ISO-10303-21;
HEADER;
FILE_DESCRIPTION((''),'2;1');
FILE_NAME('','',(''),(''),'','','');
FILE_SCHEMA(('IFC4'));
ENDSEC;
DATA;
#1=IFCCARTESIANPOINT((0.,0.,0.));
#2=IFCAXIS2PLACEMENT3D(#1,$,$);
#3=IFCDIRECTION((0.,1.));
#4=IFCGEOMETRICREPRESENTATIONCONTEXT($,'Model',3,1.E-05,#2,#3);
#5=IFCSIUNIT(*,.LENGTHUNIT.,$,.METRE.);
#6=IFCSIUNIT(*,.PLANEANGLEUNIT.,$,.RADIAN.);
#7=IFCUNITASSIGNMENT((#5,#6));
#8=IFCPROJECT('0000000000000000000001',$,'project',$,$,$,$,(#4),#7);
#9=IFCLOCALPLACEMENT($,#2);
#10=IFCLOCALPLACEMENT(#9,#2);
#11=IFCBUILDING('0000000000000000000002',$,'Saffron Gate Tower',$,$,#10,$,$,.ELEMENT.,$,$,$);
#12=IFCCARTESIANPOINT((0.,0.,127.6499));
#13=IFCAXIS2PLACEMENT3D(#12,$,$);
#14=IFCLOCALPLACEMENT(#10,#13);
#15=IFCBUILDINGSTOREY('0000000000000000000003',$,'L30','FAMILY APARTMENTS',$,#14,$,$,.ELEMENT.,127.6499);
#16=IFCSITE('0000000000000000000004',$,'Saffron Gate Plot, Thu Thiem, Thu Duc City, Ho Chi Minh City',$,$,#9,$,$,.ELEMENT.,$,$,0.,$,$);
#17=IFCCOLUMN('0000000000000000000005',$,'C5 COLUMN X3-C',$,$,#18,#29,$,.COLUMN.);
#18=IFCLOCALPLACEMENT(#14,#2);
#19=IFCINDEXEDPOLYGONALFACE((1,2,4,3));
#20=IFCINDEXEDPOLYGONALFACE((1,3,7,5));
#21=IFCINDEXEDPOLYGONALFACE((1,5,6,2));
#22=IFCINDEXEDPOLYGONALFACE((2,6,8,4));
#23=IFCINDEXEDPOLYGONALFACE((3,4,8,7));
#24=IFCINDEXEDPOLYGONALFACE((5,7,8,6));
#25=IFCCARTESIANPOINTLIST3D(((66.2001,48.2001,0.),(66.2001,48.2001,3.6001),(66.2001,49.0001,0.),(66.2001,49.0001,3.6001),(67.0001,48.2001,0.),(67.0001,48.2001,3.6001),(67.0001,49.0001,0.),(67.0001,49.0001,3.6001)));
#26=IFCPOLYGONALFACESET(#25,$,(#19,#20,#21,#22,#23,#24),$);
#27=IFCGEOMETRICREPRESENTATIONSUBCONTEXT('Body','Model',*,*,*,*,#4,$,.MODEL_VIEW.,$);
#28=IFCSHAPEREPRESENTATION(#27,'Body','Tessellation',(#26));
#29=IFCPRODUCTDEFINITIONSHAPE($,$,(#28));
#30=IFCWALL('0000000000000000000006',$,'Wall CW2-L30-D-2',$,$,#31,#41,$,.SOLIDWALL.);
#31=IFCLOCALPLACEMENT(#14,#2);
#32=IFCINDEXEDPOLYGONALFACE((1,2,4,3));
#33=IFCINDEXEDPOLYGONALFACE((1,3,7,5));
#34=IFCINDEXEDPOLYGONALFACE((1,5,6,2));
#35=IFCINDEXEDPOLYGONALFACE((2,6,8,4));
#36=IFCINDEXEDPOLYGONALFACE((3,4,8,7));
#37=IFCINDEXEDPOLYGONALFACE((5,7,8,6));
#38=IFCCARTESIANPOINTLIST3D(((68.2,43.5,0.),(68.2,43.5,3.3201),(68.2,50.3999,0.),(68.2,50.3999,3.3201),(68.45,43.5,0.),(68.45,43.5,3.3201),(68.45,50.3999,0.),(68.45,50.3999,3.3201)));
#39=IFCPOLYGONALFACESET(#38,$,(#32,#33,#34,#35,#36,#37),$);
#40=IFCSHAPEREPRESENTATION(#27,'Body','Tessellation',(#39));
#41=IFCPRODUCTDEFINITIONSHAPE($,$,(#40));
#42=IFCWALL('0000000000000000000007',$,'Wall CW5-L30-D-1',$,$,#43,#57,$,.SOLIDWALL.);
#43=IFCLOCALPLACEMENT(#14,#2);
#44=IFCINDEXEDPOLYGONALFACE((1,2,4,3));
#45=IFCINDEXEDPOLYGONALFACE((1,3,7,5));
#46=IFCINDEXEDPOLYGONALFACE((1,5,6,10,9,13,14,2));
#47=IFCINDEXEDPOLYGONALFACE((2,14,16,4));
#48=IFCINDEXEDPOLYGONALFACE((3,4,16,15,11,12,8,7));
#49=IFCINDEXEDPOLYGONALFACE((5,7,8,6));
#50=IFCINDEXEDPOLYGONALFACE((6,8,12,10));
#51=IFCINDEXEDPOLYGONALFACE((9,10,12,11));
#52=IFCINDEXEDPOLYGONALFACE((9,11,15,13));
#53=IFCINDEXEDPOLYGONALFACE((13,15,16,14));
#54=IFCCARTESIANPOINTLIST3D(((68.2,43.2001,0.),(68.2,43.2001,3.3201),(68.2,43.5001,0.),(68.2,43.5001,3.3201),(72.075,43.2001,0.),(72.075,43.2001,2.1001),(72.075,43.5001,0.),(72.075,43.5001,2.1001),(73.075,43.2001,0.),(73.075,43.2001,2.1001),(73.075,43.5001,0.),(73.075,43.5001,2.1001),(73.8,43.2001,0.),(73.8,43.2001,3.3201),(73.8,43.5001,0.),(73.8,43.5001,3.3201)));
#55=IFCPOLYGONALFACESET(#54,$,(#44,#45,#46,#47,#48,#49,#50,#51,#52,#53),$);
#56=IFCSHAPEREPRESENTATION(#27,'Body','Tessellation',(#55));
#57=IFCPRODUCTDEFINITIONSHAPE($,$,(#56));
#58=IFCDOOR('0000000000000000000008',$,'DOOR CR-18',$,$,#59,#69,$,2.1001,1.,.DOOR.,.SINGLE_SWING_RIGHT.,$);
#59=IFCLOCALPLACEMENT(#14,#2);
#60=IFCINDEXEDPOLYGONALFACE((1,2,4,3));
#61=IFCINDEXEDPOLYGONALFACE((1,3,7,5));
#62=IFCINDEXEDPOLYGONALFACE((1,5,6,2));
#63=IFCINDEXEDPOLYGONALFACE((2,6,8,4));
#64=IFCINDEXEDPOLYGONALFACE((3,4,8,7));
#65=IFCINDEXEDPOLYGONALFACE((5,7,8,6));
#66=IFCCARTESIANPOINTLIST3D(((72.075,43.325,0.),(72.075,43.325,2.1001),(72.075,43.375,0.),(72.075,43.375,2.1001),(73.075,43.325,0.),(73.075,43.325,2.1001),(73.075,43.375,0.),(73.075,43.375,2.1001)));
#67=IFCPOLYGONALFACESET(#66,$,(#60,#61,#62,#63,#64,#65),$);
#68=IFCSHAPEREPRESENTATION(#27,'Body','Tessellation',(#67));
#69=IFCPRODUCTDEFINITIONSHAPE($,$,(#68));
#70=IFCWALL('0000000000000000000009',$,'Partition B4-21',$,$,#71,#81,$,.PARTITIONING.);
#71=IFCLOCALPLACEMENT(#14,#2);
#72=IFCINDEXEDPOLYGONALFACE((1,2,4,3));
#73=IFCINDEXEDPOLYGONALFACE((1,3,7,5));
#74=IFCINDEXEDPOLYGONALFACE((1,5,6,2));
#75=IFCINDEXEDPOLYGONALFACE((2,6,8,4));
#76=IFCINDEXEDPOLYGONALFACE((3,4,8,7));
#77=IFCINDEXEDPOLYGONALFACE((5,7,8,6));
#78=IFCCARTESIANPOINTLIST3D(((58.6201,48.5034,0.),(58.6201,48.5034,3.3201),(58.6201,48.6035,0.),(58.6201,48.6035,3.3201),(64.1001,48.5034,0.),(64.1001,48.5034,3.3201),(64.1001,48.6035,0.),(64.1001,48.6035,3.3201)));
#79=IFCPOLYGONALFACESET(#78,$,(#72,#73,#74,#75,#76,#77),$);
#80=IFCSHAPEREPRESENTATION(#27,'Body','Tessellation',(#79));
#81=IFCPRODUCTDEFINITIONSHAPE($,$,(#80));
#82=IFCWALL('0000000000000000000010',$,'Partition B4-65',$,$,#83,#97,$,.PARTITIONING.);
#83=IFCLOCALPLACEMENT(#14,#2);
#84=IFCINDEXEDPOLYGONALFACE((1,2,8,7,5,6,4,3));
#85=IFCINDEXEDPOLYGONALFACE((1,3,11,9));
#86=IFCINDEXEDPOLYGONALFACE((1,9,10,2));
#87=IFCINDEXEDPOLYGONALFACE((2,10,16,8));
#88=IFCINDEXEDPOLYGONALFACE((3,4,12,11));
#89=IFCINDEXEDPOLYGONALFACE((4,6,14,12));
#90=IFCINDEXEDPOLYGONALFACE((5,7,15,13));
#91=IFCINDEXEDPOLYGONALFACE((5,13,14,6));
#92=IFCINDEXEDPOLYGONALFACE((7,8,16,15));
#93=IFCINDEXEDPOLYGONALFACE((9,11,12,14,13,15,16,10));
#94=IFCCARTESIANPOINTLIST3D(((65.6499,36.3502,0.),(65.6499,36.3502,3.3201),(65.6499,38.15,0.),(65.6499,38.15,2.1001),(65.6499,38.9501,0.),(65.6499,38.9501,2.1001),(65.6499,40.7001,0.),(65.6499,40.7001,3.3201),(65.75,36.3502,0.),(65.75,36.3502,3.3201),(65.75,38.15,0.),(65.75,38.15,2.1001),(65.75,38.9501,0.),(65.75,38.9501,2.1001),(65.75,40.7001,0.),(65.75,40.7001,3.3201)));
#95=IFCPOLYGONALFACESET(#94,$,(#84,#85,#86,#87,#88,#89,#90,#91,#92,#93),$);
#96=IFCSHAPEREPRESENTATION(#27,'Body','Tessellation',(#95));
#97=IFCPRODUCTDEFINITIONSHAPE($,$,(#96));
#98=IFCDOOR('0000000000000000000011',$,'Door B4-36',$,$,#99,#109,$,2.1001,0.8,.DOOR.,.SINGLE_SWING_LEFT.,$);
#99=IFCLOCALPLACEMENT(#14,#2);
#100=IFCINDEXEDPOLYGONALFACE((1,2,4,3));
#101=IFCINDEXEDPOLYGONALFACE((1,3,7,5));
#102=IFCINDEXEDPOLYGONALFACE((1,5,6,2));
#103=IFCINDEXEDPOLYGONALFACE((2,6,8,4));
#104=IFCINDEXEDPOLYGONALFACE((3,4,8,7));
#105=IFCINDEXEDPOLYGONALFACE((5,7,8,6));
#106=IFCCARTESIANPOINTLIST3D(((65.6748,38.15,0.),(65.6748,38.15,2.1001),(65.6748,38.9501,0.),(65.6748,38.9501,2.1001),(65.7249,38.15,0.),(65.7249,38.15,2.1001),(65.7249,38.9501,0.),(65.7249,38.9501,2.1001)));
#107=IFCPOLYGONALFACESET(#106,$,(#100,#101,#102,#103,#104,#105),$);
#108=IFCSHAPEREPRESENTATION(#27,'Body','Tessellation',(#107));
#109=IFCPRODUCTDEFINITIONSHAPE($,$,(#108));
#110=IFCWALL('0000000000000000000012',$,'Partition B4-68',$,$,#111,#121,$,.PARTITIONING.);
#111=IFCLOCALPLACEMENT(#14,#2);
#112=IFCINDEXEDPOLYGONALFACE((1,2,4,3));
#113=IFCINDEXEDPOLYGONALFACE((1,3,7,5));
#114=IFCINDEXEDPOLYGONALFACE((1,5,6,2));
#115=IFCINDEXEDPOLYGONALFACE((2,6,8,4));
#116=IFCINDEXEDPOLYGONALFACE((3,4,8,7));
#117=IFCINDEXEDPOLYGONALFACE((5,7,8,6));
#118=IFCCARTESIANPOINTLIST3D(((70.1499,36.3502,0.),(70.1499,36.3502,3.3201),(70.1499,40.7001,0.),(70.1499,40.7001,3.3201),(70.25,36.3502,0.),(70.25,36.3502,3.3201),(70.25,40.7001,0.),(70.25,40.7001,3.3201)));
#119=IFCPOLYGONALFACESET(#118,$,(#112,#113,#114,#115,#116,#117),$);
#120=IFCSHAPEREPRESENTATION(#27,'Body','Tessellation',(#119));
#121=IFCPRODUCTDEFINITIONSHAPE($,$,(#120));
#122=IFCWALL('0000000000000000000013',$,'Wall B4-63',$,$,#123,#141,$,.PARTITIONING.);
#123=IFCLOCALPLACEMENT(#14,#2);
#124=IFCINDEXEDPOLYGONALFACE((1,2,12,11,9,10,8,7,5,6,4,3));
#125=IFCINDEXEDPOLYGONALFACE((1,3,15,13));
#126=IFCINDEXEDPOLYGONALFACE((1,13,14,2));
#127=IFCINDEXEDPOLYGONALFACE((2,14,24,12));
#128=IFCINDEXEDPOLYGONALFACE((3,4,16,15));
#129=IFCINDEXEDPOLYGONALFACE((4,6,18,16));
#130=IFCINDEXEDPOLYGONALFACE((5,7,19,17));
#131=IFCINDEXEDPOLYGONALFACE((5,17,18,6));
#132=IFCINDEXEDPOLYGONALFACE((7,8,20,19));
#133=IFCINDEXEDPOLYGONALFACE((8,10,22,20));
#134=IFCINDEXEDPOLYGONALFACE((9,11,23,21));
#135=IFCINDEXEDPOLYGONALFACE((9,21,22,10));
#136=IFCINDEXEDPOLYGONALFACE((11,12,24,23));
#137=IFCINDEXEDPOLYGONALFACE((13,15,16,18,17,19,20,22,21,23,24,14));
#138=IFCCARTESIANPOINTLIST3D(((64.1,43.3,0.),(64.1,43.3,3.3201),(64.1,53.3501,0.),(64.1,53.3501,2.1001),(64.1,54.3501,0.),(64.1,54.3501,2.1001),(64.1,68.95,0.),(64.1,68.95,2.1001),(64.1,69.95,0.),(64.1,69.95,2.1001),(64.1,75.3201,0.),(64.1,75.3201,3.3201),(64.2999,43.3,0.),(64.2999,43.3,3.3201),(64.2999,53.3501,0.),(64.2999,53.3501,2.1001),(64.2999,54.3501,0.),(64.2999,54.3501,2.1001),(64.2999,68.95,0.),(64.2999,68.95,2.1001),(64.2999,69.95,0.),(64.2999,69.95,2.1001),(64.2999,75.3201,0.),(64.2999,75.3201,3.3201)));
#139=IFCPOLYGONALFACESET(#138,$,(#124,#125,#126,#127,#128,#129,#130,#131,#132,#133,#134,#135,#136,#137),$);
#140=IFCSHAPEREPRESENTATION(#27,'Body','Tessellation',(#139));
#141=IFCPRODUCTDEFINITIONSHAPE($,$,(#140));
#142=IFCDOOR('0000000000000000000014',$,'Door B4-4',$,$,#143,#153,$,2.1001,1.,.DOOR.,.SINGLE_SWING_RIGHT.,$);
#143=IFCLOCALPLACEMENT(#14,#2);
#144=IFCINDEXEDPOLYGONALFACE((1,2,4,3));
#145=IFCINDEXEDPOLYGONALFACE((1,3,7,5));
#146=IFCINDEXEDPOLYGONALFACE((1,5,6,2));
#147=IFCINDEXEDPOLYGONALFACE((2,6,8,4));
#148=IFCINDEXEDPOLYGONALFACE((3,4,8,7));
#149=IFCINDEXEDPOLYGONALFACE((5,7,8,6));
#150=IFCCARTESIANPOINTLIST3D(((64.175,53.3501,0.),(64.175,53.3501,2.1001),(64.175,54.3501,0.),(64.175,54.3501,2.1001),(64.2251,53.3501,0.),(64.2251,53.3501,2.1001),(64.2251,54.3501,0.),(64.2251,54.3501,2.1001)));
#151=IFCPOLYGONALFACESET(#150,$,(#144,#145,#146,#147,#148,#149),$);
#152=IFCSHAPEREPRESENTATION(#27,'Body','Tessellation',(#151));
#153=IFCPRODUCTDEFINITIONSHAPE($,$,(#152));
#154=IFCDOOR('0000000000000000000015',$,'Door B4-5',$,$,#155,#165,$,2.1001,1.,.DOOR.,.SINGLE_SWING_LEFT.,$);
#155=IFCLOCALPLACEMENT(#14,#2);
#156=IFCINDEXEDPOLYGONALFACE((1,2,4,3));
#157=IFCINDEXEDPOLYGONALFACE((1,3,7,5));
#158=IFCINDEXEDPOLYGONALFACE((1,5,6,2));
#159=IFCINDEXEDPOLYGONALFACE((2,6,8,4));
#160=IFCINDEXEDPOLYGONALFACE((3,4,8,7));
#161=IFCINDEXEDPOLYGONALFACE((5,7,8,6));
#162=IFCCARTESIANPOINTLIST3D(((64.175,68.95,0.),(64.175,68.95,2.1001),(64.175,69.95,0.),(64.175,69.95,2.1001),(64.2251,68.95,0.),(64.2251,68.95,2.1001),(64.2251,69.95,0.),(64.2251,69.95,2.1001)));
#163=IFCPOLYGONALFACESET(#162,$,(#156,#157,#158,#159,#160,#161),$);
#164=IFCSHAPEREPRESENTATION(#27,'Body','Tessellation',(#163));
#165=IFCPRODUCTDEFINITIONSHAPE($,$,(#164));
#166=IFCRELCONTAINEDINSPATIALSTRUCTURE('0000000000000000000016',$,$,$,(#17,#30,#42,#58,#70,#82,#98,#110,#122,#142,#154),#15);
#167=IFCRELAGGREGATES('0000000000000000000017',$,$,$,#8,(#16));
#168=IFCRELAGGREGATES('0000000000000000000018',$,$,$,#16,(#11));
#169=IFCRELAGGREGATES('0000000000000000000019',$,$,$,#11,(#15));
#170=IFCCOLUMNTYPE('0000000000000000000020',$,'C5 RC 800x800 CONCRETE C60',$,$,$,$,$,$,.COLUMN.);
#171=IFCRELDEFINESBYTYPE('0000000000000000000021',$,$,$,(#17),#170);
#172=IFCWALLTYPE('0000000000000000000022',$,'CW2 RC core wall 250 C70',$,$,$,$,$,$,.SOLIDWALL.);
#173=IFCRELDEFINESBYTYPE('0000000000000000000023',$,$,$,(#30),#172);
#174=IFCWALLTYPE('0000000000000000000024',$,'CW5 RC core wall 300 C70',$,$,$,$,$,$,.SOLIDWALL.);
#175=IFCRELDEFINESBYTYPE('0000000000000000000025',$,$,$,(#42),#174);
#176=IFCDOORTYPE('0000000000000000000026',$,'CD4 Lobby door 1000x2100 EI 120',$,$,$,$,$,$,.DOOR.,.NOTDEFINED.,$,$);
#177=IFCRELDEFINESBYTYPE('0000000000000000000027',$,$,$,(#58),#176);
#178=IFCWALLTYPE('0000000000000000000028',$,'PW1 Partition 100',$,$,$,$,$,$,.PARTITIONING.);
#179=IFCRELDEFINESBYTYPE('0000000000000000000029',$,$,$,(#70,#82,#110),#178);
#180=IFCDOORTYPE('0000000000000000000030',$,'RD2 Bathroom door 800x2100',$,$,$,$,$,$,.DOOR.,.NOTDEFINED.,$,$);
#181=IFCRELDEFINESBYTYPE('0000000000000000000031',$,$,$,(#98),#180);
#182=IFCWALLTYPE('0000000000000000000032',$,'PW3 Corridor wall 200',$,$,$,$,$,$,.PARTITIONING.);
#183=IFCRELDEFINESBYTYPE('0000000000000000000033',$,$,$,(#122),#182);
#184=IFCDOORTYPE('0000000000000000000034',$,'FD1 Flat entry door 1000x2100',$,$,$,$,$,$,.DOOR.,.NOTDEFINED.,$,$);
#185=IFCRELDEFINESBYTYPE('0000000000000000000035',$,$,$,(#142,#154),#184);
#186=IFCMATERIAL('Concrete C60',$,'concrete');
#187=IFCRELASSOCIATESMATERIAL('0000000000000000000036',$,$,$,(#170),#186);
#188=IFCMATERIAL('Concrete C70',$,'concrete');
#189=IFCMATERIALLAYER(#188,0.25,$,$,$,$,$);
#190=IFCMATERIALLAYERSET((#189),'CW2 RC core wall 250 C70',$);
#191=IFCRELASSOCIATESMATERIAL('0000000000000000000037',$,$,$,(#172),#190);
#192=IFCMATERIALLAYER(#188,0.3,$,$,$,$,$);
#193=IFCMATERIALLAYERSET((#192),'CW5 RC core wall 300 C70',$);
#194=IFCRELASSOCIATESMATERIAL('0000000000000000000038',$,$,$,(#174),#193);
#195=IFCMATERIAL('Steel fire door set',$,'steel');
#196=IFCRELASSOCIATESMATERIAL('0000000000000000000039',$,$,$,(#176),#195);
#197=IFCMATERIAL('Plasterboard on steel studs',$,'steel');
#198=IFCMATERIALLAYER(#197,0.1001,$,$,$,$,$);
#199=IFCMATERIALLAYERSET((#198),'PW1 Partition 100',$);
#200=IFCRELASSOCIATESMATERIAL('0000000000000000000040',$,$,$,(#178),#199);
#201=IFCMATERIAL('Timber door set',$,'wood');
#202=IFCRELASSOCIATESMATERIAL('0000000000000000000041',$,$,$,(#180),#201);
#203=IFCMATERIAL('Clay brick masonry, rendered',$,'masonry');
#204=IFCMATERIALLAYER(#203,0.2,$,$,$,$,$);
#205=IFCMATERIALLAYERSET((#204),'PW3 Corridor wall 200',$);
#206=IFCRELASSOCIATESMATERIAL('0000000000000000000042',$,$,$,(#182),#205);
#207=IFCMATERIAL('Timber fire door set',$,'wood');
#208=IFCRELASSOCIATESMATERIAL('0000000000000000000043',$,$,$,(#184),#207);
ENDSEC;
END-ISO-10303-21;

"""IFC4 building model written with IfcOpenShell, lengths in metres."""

from ifc_helpers import new_model, si_unit, direction, frame, frame_2d, origin, origin_2d, place, context, subcontext, project, spatial, rectangle, extrude, material, layer, layer_set, material_profile, profile_set, type_object, element, fill, save


model = new_model("IFC4")

# Units and contexts
model_context = context("Model", 3, precision=1e-05, world=origin(), true_north=direction((0.0, 1.0)))
body_context = subcontext(model_context, "Body", "Model", "MODEL_VIEW")
ifc_project = project(units=[si_unit("LENGTHUNIT", "METRE"), si_unit("PLANEANGLEUNIT", "RADIAN")], contexts=[model_context])

# Site, building, storey
site_placement = place(None, origin())
site = spatial("IfcSite", under=ifc_project, at=site_placement, Name="Saffron Gate Plot, Thu Thiem, Thu Duc City, Ho Chi Minh City", CompositionType="ELEMENT", RefElevation=0.0)
building_placement = place(site_placement, origin())
building = spatial("IfcBuilding", under=site, at=building_placement, Name="Saffron Gate Tower", CompositionType="ELEMENT")
storey_placement = place(building_placement, frame((0.0, 0.0, 127.6499)))
storey = spatial("IfcBuildingStorey", under=building, at=storey_placement, Name="L30", Description="FAMILY APARTMENTS", CompositionType="ELEMENT", Elevation=127.6499)

# Column
ifc_material_1 = material(Name="Concrete C60", Category="concrete")
ifc_material_profile = material_profile(ifc_material_1, rectangle(XDim=0.8, YDim=0.8, at=origin_2d()))
ifc_profile_set = profile_set([ifc_material_profile], Name="Concrete C60")
column_type = type_object("IfcColumnType", Name="C5 RC 800x800 CONCRETE C60", PredefinedType="COLUMN", material=ifc_profile_set)
column_placement = place(storey_placement, frame((66.6001, 48.6001, 0.0), z_axis=(0.0, 0.0, 1.0), x_axis=(1.0, 0.0, 0.0)))
element("IfcColumn", 1, at=column_placement, inside=storey, type_object=column_type, Name="C5 COLUMN X3-C", PredefinedType="COLUMN", context=body_context, shape_type="SweptSolid", body=[
    extrude(rectangle(XDim=0.8, YDim=0.8, at=origin_2d()), origin(), (0.0, 0.0, 1.0), 3.6001),
])

# Wall
ifc_material_2 = material(Name="Concrete C70", Category="concrete")
ifc_layer_1 = layer(ifc_material_2, 0.25)
ifc_layer_set_1 = layer_set([ifc_layer_1], Name="CW2 RC core wall 250 C70")
wall_type_1 = type_object("IfcWallType", Name="CW2 RC core wall 250 C70", PredefinedType="SOLIDWALL", material=ifc_layer_set_1)
wall_1_placement = place(storey_placement, frame((68.325, 43.5, 0.0), z_axis=(0.0, 0.0, 1.0), x_axis=(0.0, 1.0, 0.0)))
element("IfcWall", 2, at=wall_1_placement, inside=storey, type_object=wall_type_1, Name="Wall CW2-L30-D-2", PredefinedType="SOLIDWALL", context=body_context, shape_type="SweptSolid", body=[
    extrude(rectangle(XDim=6.8999, YDim=0.25, at=frame_2d((3.45, 0.0))), origin(), (0.0, 0.0, 1.0), 3.3201),
])

# Wall, opening, door
ifc_layer_2 = layer(ifc_material_2, 0.3)
ifc_layer_set_2 = layer_set([ifc_layer_2], Name="CW5 RC core wall 300 C70")
wall_type_2 = type_object("IfcWallType", Name="CW5 RC core wall 300 C70", PredefinedType="SOLIDWALL", material=ifc_layer_set_2)
wall_2_placement = place(storey_placement, frame((68.2, 43.3501, 0.0), z_axis=(0.0, 0.0, 1.0), x_axis=(1.0, 0.0, 0.0)))
wall_2 = element("IfcWall", 3, at=wall_2_placement, inside=storey, type_object=wall_type_2, Name="Wall CW5-L30-D-1", PredefinedType="SOLIDWALL", context=body_context, shape_type="SweptSolid", body=[
    extrude(rectangle(XDim=5.6001, YDim=0.3, at=frame_2d((2.8, 0.0))), origin(), (0.0, 0.0, 1.0), 3.3201),
])
opening_1_placement = place(wall_2_placement, frame((3.875, 0.0, 0.0)))
opening_1 = element("IfcOpeningElement", 4, at=opening_1_placement, cuts=wall_2, PredefinedType="OPENING", context=body_context, shape_type="SweptSolid", body=[
    extrude(rectangle(XDim=1.0, YDim=2.1001, at=frame_2d((0.5, 1.05))), frame((0.0, 0.1602, 0.0), z_axis=(0.0, -1.0, 0.0), x_axis=(1.0, 0.0, 0.0)), (0.0, 0.0, 1.0), 0.3201),
])
ifc_material_3 = material(Name="Steel fire door set", Category="steel")
door_type_1 = type_object("IfcDoorType", Name="CD4 Lobby door 1000x2100 EI 120", OperationType="NOTDEFINED", PredefinedType="DOOR", material=ifc_material_3)
door_1_placement = place(opening_1_placement, origin())
door_1 = element("IfcDoor", 5, at=door_1_placement, inside=storey, type_object=door_type_1, Name="DOOR CR-18", OperationType="SINGLE_SWING_RIGHT", OverallHeight=2.1001, OverallWidth=1.0, PredefinedType="DOOR", context=body_context, shape_type="SweptSolid", body=[
    extrude(rectangle(XDim=1.0, YDim=2.1001, at=frame_2d((0.5, 1.05))), frame((0.0, 0.0249, 0.0), z_axis=(0.0, -1.0, 0.0), x_axis=(1.0, 0.0, 0.0)), (0.0, 0.0, 1.0), 0.05),
])
fill(opening_1, door_1)

# Wall
ifc_material_4 = material(Name="Plasterboard on steel studs", Category="steel")
ifc_layer_3 = layer(ifc_material_4, 0.1001)
ifc_layer_set_3 = layer_set([ifc_layer_3], Name="PW1 Partition 100")
wall_type_3 = type_object("IfcWallType", Name="PW1 Partition 100", PredefinedType="PARTITIONING", material=ifc_layer_set_3)
wall_3_placement = place(storey_placement, frame((58.6201, 48.5535, 0.0), z_axis=(0.0, 0.0, 1.0), x_axis=(1.0, 0.0, 0.0)))
element("IfcWall", 6, at=wall_3_placement, inside=storey, type_object=wall_type_3, Name="Partition B4-21", PredefinedType="PARTITIONING", context=body_context, shape_type="SweptSolid", body=[
    extrude(rectangle(XDim=5.48, YDim=0.1001, at=frame_2d((2.74, 0.0))), origin(), (0.0, 0.0, 1.0), 3.3201),
])

# Wall, opening, door
wall_4_placement = place(storey_placement, frame((65.7, 40.7, 0.0), z_axis=(0.0, 0.0, 1.0), x_axis=(0.0, -1.0, 0.0)))
wall_4 = element("IfcWall", 7, at=wall_4_placement, inside=storey, type_object=wall_type_3, Name="Partition B4-65", PredefinedType="PARTITIONING", context=body_context, shape_type="SweptSolid", body=[
    extrude(rectangle(XDim=4.3499, YDim=0.1001, at=frame_2d((2.1748, 0.0))), origin(), (0.0, 0.0, 1.0), 3.3201),
])
opening_2_placement = place(wall_4_placement, frame((1.75, 0.0, 0.0)))
opening_2 = element("IfcOpeningElement", 8, at=opening_2_placement, cuts=wall_4, PredefinedType="OPENING", context=body_context, shape_type="SweptSolid", body=[
    extrude(rectangle(XDim=0.8, YDim=2.1001, at=frame_2d((0.3999, 1.05))), frame((0.0, 0.0601, 0.0), z_axis=(0.0, -1.0, 0.0), x_axis=(1.0, 0.0, 0.0)), (0.0, 0.0, 1.0), 0.1201),
])
ifc_material_5 = material(Name="Timber door set", Category="wood")
door_type_2 = type_object("IfcDoorType", Name="RD2 Bathroom door 800x2100", OperationType="NOTDEFINED", PredefinedType="DOOR", material=ifc_material_5)
door_2_placement = place(opening_2_placement, origin())
door_2 = element("IfcDoor", 9, at=door_2_placement, inside=storey, type_object=door_type_2, Name="Door B4-36", OperationType="SINGLE_SWING_LEFT", OverallHeight=2.1001, OverallWidth=0.8, PredefinedType="DOOR", context=body_context, shape_type="SweptSolid", body=[
    extrude(rectangle(XDim=0.8, YDim=2.1001, at=frame_2d((0.3999, 1.05))), frame((0.0, 0.0249, 0.0), z_axis=(0.0, -1.0, 0.0), x_axis=(1.0, 0.0, 0.0)), (0.0, 0.0, 1.0), 0.05),
])
fill(opening_2, door_2)

# Wall
wall_5_placement = place(storey_placement, frame((70.2, 40.7, 0.0), z_axis=(0.0, 0.0, 1.0), x_axis=(0.0, -1.0, 0.0)))
element("IfcWall", 10, at=wall_5_placement, inside=storey, type_object=wall_type_3, Name="Partition B4-68", PredefinedType="PARTITIONING", context=body_context, shape_type="SweptSolid", body=[
    extrude(rectangle(XDim=4.3499, YDim=0.1001, at=frame_2d((2.1748, 0.0))), origin(), (0.0, 0.0, 1.0), 3.3201),
])

# Wall, openings, doors
ifc_material_6 = material(Name="Clay brick masonry, rendered", Category="masonry")
ifc_layer_4 = layer(ifc_material_6, 0.2)
ifc_layer_set_4 = layer_set([ifc_layer_4], Name="PW3 Corridor wall 200")
wall_type_4 = type_object("IfcWallType", Name="PW3 Corridor wall 200", PredefinedType="PARTITIONING", material=ifc_layer_set_4)
wall_6_placement = place(storey_placement, frame((64.2, 43.3, 0.0), z_axis=(0.0, 0.0, 1.0), x_axis=(0.0, 1.0, 0.0)))
wall_6 = element("IfcWall", 11, at=wall_6_placement, inside=storey, type_object=wall_type_4, Name="Wall B4-63", PredefinedType="PARTITIONING", context=body_context, shape_type="SweptSolid", body=[
    extrude(rectangle(XDim=32.02, YDim=0.2, at=frame_2d((16.01, 0.0))), origin(), (0.0, 0.0, 1.0), 3.3201),
])
opening_3_placement = place(wall_6_placement, frame((10.05, 0.0, 0.0)))
opening_3 = element("IfcOpeningElement", 12, at=opening_3_placement, cuts=wall_6, PredefinedType="OPENING", context=body_context, shape_type="SweptSolid", body=[
    extrude(rectangle(XDim=1.0, YDim=2.1001, at=frame_2d((0.5, 1.05))), frame((0.0, 0.1099, 0.0), z_axis=(0.0, -1.0, 0.0), x_axis=(1.0, 0.0, 0.0)), (0.0, 0.0, 1.0), 0.22),
])
opening_4_placement = place(wall_6_placement, frame((25.6499, 0.0, 0.0)))
opening_4 = element("IfcOpeningElement", 13, at=opening_4_placement, cuts=wall_6, PredefinedType="OPENING", context=body_context, shape_type="SweptSolid", body=[
    extrude(rectangle(XDim=1.0, YDim=2.1001, at=frame_2d((0.5, 1.05))), frame((0.0, 0.1099, 0.0), z_axis=(0.0, -1.0, 0.0), x_axis=(1.0, 0.0, 0.0)), (0.0, 0.0, 1.0), 0.22),
])
ifc_material_7 = material(Name="Timber fire door set", Category="wood")
door_type_3 = type_object("IfcDoorType", Name="FD1 Flat entry door 1000x2100", OperationType="NOTDEFINED", PredefinedType="DOOR", material=ifc_material_7)
door_3_placement = place(opening_3_placement, origin())
door_3 = element("IfcDoor", 14, at=door_3_placement, inside=storey, type_object=door_type_3, Name="Door B4-4", OperationType="SINGLE_SWING_RIGHT", OverallHeight=2.1001, OverallWidth=1.0, PredefinedType="DOOR", context=body_context, shape_type="SweptSolid", body=[
    extrude(rectangle(XDim=1.0, YDim=2.1001, at=frame_2d((0.5, 1.05))), frame((0.0, 0.0249, 0.0), z_axis=(0.0, -1.0, 0.0), x_axis=(1.0, 0.0, 0.0)), (0.0, 0.0, 1.0), 0.05),
])
fill(opening_3, door_3)
door_4_placement = place(opening_4_placement, origin())
door_4 = element("IfcDoor", 15, at=door_4_placement, inside=storey, type_object=door_type_3, Name="Door B4-5", OperationType="SINGLE_SWING_LEFT", OverallHeight=2.1001, OverallWidth=1.0, PredefinedType="DOOR", context=body_context, shape_type="SweptSolid", body=[
    extrude(rectangle(XDim=1.0, YDim=2.1001, at=frame_2d((0.5, 1.05))), frame((0.0, 0.0249, 0.0), z_axis=(0.0, -1.0, 0.0), x_axis=(1.0, 0.0, 0.0)), (0.0, 0.0, 1.0), 0.05),
])
fill(opening_4, door_4)

save(model, "model.ifc")
